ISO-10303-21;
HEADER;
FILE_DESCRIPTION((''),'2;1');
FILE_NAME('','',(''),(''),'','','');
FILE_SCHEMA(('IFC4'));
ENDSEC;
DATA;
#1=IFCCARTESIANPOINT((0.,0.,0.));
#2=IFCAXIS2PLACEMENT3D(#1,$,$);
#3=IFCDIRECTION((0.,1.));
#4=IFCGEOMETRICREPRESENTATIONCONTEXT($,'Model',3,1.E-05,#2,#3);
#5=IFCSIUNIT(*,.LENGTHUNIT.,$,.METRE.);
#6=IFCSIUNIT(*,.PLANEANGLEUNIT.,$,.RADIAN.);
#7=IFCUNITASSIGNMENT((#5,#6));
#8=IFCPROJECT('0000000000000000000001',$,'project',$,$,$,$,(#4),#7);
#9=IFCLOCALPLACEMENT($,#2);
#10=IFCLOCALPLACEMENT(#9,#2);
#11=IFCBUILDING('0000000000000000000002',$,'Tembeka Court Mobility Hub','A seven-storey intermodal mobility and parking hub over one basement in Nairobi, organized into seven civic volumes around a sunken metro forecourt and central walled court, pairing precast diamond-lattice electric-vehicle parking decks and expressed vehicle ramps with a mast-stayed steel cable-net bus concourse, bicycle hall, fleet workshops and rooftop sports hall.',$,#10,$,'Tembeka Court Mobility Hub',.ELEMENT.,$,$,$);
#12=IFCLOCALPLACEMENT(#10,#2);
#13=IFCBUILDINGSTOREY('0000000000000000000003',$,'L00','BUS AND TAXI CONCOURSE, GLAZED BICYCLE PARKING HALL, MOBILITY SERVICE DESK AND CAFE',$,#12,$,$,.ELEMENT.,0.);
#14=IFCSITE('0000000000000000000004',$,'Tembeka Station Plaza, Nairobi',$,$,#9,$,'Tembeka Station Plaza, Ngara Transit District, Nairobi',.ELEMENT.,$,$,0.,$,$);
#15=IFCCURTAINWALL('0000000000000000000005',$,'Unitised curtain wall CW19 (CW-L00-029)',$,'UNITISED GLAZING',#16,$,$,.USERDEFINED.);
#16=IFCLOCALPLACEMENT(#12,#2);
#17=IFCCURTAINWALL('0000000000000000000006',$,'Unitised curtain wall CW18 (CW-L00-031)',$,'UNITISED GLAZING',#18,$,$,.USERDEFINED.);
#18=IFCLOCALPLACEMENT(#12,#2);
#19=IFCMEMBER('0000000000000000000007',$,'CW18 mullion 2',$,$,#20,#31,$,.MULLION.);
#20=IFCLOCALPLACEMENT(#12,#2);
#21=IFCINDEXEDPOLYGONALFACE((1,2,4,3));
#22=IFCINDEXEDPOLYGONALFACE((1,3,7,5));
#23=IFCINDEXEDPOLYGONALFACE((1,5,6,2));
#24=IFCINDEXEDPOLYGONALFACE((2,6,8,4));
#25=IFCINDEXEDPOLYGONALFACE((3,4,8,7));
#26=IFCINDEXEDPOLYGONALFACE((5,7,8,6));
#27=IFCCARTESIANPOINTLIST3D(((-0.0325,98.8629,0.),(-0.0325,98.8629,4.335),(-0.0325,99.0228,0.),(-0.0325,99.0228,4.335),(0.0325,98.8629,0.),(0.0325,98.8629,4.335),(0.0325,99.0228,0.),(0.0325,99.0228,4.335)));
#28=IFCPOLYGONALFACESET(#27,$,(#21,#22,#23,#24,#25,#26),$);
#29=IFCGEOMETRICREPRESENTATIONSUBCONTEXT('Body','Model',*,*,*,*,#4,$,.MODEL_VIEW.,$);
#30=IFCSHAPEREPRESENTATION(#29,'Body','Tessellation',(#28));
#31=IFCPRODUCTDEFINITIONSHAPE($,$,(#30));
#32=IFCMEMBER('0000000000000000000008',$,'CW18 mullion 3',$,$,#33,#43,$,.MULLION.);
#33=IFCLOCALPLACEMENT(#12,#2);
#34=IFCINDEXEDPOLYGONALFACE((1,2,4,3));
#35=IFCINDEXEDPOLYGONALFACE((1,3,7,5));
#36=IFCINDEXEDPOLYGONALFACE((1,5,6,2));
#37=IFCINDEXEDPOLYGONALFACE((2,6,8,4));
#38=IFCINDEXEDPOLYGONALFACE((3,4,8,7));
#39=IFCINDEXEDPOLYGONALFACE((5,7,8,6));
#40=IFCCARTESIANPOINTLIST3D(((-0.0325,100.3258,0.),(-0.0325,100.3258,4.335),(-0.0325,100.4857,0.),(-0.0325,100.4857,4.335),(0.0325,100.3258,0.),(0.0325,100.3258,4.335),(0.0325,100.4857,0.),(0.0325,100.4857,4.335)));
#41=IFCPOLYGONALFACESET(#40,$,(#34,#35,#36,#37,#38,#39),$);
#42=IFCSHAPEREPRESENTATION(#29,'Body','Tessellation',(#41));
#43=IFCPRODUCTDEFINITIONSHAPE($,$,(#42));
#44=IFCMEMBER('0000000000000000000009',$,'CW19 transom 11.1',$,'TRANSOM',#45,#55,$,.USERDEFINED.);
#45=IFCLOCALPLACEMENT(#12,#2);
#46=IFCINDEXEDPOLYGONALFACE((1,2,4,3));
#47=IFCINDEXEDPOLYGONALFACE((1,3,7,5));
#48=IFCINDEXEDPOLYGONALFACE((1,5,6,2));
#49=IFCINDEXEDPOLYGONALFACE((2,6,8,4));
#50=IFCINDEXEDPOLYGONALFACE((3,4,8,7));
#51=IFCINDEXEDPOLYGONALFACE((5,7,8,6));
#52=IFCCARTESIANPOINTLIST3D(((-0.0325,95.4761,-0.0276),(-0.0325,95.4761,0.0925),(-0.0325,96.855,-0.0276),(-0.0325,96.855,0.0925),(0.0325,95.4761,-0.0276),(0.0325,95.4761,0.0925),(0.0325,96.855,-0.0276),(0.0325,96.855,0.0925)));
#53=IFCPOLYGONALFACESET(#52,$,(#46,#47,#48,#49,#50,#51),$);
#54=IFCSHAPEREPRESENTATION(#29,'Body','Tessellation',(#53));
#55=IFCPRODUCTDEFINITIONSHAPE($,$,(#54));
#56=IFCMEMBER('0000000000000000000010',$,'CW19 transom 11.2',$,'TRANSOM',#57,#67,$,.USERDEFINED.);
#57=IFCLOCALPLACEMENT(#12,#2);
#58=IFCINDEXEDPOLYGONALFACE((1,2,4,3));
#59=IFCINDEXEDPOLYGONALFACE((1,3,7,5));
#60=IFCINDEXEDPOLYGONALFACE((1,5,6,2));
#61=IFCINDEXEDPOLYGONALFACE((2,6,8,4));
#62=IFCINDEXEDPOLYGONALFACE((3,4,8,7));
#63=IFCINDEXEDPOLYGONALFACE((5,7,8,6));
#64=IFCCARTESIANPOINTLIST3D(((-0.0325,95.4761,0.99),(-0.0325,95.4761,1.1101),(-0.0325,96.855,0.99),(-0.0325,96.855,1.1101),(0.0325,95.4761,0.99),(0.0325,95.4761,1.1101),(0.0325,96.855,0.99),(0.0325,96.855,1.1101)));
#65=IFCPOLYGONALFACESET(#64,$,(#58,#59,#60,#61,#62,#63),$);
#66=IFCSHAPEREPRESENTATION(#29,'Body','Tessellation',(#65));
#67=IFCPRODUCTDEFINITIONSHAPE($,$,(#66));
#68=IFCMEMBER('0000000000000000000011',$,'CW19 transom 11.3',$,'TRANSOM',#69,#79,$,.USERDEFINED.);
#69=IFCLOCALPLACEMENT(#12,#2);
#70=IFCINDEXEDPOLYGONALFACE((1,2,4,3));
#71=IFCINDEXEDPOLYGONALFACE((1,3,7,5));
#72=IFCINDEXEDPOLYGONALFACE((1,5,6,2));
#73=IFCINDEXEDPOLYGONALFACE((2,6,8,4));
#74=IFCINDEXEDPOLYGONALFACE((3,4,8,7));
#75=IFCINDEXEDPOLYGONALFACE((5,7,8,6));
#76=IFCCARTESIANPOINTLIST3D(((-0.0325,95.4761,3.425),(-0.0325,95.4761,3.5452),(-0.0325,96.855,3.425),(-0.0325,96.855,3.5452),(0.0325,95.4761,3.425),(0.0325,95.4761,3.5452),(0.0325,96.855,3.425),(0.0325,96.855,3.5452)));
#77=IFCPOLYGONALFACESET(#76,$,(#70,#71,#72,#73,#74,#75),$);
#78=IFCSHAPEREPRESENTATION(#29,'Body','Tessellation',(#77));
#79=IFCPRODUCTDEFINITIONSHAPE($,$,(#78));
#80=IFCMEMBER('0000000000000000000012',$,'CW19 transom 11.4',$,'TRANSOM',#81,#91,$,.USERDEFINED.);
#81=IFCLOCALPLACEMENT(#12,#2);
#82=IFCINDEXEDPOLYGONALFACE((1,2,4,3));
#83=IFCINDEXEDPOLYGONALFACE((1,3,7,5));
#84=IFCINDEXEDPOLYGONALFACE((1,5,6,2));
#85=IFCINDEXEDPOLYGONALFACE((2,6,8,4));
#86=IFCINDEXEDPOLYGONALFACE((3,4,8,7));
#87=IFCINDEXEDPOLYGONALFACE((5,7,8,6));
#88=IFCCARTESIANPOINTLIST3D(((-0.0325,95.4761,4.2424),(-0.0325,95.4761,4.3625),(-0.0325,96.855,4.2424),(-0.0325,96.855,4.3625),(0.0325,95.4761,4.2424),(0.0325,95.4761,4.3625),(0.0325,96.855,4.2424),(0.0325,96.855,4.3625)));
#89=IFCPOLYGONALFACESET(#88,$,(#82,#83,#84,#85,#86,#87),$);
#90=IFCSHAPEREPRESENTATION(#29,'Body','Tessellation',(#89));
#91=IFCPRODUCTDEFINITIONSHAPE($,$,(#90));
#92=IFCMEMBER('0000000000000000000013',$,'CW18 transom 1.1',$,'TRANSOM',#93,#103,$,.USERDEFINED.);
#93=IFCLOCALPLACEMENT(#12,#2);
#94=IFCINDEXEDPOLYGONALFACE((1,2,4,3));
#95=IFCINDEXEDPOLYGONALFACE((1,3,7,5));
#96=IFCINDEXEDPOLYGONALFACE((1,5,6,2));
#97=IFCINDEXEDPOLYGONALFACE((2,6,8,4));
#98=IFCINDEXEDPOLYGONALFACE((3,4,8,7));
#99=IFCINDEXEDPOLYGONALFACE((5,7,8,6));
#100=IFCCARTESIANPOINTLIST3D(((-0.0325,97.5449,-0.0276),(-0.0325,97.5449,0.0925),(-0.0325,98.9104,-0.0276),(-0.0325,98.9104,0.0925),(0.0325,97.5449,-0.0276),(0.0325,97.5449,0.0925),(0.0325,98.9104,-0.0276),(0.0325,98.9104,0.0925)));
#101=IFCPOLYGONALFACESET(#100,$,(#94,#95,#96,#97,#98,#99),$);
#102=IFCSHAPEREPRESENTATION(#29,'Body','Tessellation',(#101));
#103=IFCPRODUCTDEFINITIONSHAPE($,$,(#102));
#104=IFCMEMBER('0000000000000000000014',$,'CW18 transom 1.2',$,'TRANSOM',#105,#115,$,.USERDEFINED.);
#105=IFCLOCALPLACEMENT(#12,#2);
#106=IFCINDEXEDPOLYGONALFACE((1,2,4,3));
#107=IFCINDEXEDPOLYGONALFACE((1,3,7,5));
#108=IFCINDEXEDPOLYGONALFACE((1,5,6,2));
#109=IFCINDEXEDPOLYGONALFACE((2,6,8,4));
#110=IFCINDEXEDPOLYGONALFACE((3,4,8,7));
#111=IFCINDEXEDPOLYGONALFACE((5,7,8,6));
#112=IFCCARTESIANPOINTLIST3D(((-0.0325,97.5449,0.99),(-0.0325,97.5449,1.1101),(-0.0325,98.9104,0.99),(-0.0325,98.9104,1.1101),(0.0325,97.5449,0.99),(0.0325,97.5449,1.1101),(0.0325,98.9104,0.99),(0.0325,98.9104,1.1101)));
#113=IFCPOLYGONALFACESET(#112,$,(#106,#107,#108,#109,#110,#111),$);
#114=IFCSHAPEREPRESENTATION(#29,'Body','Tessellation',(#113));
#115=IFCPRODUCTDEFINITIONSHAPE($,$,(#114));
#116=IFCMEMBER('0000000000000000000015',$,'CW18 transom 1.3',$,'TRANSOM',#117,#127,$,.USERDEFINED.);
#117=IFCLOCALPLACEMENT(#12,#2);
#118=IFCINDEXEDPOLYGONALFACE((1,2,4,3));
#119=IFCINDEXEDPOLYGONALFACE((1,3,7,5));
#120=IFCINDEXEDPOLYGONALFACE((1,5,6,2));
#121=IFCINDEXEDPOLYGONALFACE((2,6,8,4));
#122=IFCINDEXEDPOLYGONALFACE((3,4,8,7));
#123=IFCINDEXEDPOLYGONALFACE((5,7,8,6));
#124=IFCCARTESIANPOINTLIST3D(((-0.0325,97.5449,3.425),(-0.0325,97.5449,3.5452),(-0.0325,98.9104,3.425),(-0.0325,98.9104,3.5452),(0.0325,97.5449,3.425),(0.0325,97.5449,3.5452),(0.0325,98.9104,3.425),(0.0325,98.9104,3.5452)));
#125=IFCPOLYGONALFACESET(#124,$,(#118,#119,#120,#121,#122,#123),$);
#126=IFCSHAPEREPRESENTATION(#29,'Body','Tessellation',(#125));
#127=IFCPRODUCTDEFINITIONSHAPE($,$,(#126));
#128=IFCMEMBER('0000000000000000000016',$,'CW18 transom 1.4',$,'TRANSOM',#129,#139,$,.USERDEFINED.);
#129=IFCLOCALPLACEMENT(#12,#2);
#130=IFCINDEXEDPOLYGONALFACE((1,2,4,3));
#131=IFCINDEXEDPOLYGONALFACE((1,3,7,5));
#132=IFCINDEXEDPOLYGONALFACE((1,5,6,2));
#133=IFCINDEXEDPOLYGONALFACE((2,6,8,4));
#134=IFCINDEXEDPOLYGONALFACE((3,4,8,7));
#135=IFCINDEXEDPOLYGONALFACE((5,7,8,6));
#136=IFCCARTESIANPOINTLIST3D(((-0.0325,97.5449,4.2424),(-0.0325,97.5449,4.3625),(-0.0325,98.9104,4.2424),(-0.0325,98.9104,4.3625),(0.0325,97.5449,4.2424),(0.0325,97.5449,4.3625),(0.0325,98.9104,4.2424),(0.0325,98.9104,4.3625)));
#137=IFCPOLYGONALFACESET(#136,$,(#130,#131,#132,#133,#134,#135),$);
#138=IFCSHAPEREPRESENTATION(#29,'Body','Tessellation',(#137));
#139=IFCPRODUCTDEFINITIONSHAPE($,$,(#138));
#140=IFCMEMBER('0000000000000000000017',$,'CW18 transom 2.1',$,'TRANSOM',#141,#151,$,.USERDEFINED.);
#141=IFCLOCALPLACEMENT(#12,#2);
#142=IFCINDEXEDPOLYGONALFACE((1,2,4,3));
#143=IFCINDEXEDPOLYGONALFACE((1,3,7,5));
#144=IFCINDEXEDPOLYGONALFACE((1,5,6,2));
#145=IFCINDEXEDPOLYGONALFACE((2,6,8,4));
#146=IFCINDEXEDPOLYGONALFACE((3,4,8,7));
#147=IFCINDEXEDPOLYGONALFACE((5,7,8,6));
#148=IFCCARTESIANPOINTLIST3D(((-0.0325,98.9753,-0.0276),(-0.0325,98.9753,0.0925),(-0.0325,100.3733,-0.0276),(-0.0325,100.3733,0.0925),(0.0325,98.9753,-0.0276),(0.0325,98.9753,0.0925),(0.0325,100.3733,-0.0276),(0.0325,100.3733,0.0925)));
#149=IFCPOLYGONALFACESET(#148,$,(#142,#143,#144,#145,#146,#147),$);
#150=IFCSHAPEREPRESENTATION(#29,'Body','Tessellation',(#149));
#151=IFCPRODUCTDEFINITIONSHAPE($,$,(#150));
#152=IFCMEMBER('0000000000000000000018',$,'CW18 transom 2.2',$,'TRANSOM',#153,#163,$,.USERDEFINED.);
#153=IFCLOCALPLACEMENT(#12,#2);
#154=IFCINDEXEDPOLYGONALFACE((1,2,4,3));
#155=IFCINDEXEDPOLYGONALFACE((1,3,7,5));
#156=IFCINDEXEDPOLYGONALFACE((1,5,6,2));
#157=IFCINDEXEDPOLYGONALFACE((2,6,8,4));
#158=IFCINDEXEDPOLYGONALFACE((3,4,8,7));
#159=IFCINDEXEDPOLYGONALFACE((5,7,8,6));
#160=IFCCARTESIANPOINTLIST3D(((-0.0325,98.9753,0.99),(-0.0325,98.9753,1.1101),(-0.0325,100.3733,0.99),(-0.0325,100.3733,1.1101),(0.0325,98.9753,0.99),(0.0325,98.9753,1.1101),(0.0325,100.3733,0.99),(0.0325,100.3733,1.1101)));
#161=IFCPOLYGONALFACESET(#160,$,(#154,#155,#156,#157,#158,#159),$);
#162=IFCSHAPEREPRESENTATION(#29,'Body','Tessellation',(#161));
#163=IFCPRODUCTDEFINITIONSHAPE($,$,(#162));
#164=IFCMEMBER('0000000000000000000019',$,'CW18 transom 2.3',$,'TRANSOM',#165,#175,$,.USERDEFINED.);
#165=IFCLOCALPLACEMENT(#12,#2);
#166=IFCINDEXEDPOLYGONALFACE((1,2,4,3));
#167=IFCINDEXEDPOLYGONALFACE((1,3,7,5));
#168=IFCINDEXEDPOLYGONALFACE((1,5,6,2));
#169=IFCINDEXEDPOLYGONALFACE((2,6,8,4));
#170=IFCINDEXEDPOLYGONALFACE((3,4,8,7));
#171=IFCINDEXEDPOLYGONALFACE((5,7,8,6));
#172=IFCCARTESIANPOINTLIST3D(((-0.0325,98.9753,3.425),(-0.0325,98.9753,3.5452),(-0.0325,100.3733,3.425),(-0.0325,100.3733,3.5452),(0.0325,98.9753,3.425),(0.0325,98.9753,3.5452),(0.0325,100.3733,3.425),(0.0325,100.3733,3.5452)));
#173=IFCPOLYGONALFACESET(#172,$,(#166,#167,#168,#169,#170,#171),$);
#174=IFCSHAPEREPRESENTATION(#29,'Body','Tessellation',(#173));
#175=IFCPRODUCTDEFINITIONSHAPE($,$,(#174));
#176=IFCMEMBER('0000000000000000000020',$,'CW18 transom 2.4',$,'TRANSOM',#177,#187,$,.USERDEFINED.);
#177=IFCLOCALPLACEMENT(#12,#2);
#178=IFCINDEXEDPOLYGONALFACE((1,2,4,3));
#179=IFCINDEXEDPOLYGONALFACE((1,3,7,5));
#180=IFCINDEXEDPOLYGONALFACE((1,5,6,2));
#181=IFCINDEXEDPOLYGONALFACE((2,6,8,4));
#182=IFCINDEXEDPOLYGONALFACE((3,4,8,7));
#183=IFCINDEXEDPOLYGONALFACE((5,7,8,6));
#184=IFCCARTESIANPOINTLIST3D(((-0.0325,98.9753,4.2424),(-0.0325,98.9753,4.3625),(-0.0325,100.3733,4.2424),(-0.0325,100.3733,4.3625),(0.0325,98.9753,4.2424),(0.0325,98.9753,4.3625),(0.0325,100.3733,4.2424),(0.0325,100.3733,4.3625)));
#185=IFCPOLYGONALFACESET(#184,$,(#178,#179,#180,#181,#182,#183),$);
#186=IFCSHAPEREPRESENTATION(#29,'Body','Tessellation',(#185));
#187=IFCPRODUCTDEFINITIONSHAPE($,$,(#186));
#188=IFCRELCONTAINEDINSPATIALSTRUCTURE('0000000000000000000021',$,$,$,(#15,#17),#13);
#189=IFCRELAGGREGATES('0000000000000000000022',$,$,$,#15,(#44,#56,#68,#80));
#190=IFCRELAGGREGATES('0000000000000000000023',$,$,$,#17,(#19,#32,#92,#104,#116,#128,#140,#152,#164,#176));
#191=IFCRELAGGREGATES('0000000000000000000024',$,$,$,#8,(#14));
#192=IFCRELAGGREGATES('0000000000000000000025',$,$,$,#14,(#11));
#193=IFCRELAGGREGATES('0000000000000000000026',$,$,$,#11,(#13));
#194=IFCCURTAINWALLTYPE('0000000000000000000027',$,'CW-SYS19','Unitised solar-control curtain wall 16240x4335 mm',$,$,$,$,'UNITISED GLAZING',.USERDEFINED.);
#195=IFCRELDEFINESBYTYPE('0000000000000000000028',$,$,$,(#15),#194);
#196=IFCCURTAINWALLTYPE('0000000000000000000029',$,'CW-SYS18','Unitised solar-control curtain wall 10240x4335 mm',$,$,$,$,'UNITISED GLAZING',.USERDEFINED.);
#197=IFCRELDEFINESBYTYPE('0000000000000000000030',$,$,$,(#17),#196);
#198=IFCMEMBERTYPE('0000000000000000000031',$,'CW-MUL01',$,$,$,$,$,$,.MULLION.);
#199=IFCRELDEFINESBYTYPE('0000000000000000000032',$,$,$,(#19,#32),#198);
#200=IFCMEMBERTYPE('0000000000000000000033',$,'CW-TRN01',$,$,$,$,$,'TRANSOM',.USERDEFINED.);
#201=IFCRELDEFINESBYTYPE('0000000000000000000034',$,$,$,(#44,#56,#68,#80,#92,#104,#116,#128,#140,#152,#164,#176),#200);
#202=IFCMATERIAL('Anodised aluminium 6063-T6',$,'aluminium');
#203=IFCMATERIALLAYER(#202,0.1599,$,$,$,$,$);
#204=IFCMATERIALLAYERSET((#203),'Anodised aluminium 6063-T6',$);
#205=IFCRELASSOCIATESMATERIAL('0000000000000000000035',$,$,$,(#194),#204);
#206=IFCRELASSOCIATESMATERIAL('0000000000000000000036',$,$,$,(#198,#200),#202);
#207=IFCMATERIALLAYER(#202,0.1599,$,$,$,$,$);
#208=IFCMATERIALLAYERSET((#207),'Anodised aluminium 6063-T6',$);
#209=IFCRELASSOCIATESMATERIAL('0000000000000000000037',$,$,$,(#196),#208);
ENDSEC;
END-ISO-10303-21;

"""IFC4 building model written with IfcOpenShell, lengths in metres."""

from ifc_helpers import new_model, si_unit, direction, frame, origin, origin_2d, place, context, subcontext, project, spatial, rectangle, extrude, material, layer, layer_set, material_profile, profile_set, type_object, element, aggregate, save


model = new_model("IFC4")

# Units and contexts
model_context = context("Model", 3, precision=1e-05, world=origin(), true_north=direction((0.0, 1.0)))
body_context = subcontext(model_context, "Body", "Model", "MODEL_VIEW")
ifc_project = project(units=[si_unit("LENGTHUNIT", "METRE"), si_unit("PLANEANGLEUNIT", "RADIAN")], contexts=[model_context])

# Site, building, storey
site_placement = place(None, origin())
site = spatial("IfcSite", under=ifc_project, at=site_placement, Name="Tembeka Station Plaza, Nairobi", LongName="Tembeka Station Plaza, Ngara Transit District, Nairobi", CompositionType="ELEMENT", RefElevation=0.0)
building_placement = place(site_placement, origin())
building = spatial("IfcBuilding", under=site, at=building_placement, Name="Tembeka Court Mobility Hub", Description="A seven-storey intermodal mobility and parking hub over one basement in Nairobi, organized into seven civic volumes around a sunken metro forecourt and central walled court, pairing precast diamond-lattice electric-vehicle parking decks and expressed vehicle ramps with a mast-stayed steel cable-net bus concourse, bicycle hall, fleet workshops and rooftop sports hall.", LongName="Tembeka Court Mobility Hub", CompositionType="ELEMENT")
storey_placement = place(building_placement, origin())
storey = spatial("IfcBuildingStorey", under=building, at=storey_placement, Name="L00", Description="BUS AND TAXI CONCOURSE, GLAZED BICYCLE PARKING HALL, MOBILITY SERVICE DESK AND CAFE", CompositionType="ELEMENT", Elevation=0.0)

# Curtain walls, members
ifc_material_1 = material(Name="Anodised aluminium 6063-T6", Category="aluminium")
ifc_layer_1 = layer(ifc_material_1, 0.1599)
ifc_layer_set_1 = layer_set([ifc_layer_1], Name="Anodised aluminium 6063-T6")
curtain_wall_type_1 = type_object("IfcCurtainWallType", Name="CW-SYS19", Description="Unitised solar-control curtain wall 16240x4335 mm", ElementType="UNITISED GLAZING", PredefinedType="USERDEFINED", material=ifc_layer_set_1)
curtain_wall_1_placement = place(storey_placement, origin())
curtain_wall_1 = element("IfcCurtainWall", 1, at=curtain_wall_1_placement, inside=storey, type_object=curtain_wall_type_1, Name="Unitised curtain wall CW19 (CW-L00-029)", ObjectType="UNITISED GLAZING", PredefinedType="USERDEFINED")
ifc_material_profile_1 = material_profile(ifc_material_1, rectangle(XDim=0.0649, YDim=0.1599, at=origin_2d()), Name="ALU-MUL 65x160")
ifc_profile_set_1 = profile_set([ifc_material_profile_1], Name="Anodised aluminium 6063-T6")
member_type_1 = type_object("IfcMemberType", Name="CW-MUL01", PredefinedType="MULLION", material=ifc_profile_set_1)
ifc_layer_2 = layer(ifc_material_1, 0.1599)
ifc_layer_set_2 = layer_set([ifc_layer_2], Name="Anodised aluminium 6063-T6")
curtain_wall_type_2 = type_object("IfcCurtainWallType", Name="CW-SYS18", Description="Unitised solar-control curtain wall 10240x4335 mm", ElementType="UNITISED GLAZING", PredefinedType="USERDEFINED", material=ifc_layer_set_2)
curtain_wall_2_placement = place(storey_placement, origin())
curtain_wall_2 = element("IfcCurtainWall", 2, at=curtain_wall_2_placement, inside=storey, type_object=curtain_wall_type_2, Name="Unitised curtain wall CW18 (CW-L00-031)", ObjectType="UNITISED GLAZING", PredefinedType="USERDEFINED")
member_1_placement = place(storey_placement, frame((0.0, 98.9429, 0.0), z_axis=(0.0, 0.0, 1.0), x_axis=(-1.0, 0.0, 0.0)))
member_1 = element("IfcMember", 3, at=member_1_placement, type_object=member_type_1, Name="CW18 mullion 2", PredefinedType="MULLION", context=body_context, shape_type="SweptSolid", body=[
    extrude(rectangle(XDim=0.0649, YDim=0.1599, at=origin_2d()), origin(), (0.0, 0.0, 1.0), 4.335),
])
member_2_placement = place(storey_placement, frame((0.0, 100.4058, 0.0), z_axis=(0.0, 0.0, 1.0), x_axis=(-1.0, 0.0, 0.0)))
member_2 = element("IfcMember", 4, at=member_2_placement, type_object=member_type_1, Name="CW18 mullion 3", PredefinedType="MULLION", context=body_context, shape_type="SweptSolid", body=[
    extrude(rectangle(XDim=0.0649, YDim=0.1599, at=origin_2d()), origin(), (0.0, 0.0, 1.0), 4.335),
])

# Members
ifc_material_profile_2 = material_profile(ifc_material_1, rectangle(XDim=0.0649, YDim=0.1201, at=origin_2d()), Name="ALU-TRN 65x120")
ifc_profile_set_2 = profile_set([ifc_material_profile_2], Name="Anodised aluminium 6063-T6")
member_type_2 = type_object("IfcMemberType", Name="CW-TRN01", ElementType="TRANSOM", PredefinedType="USERDEFINED", material=ifc_profile_set_2)
member_3_placement = place(storey_placement, frame((0.0, 95.4761, 0.0325), z_axis=(0.0, 1.0, 0.0), x_axis=(-1.0, 0.0, 0.0)))
member_3 = element("IfcMember", 5, at=member_3_placement, type_object=member_type_2, Name="CW19 transom 11.1", ObjectType="TRANSOM", PredefinedType="USERDEFINED", context=body_context, shape_type="SweptSolid", body=[
    extrude(rectangle(XDim=0.0649, YDim=0.1201, at=origin_2d()), origin(), (0.0, 0.0, 1.0), 1.3789),
])
member_4_placement = place(storey_placement, frame((0.0, 95.4761, 1.05), z_axis=(0.0, 1.0, 0.0), x_axis=(-1.0, 0.0, 0.0)))
member_4 = element("IfcMember", 6, at=member_4_placement, type_object=member_type_2, Name="CW19 transom 11.2", ObjectType="TRANSOM", PredefinedType="USERDEFINED", context=body_context, shape_type="SweptSolid", body=[
    extrude(rectangle(XDim=0.0649, YDim=0.1201, at=origin_2d()), origin(), (0.0, 0.0, 1.0), 1.3789),
])
member_5_placement = place(storey_placement, frame((0.0, 95.4761, 3.4851), z_axis=(0.0, 1.0, 0.0), x_axis=(-1.0, 0.0, 0.0)))
member_5 = element("IfcMember", 7, at=member_5_placement, type_object=member_type_2, Name="CW19 transom 11.3", ObjectType="TRANSOM", PredefinedType="USERDEFINED", context=body_context, shape_type="SweptSolid", body=[
    extrude(rectangle(XDim=0.0649, YDim=0.1201, at=origin_2d()), origin(), (0.0, 0.0, 1.0), 1.3789),
])
member_6_placement = place(storey_placement, frame((0.0, 95.4761, 4.3025), z_axis=(0.0, 1.0, 0.0), x_axis=(-1.0, 0.0, 0.0)))
member_6 = element("IfcMember", 8, at=member_6_placement, type_object=member_type_2, Name="CW19 transom 11.4", ObjectType="TRANSOM", PredefinedType="USERDEFINED", context=body_context, shape_type="SweptSolid", body=[
    extrude(rectangle(XDim=0.0649, YDim=0.1201, at=origin_2d()), origin(), (0.0, 0.0, 1.0), 1.3789),
])
member_7_placement = place(storey_placement, frame((0.0, 97.5449, 0.0325), z_axis=(0.0, 1.0, 0.0), x_axis=(-1.0, 0.0, 0.0)))
member_7 = element("IfcMember", 9, at=member_7_placement, type_object=member_type_2, Name="CW18 transom 1.1", ObjectType="TRANSOM", PredefinedType="USERDEFINED", context=body_context, shape_type="SweptSolid", body=[
    extrude(rectangle(XDim=0.0649, YDim=0.1201, at=origin_2d()), origin(), (0.0, 0.0, 1.0), 1.3655),
])
member_8_placement = place(storey_placement, frame((0.0, 97.5449, 1.05), z_axis=(0.0, 1.0, 0.0), x_axis=(-1.0, 0.0, 0.0)))
member_8 = element("IfcMember", 10, at=member_8_placement, type_object=member_type_2, Name="CW18 transom 1.2", ObjectType="TRANSOM", PredefinedType="USERDEFINED", context=body_context, shape_type="SweptSolid", body=[
    extrude(rectangle(XDim=0.0649, YDim=0.1201, at=origin_2d()), origin(), (0.0, 0.0, 1.0), 1.3655),
])
member_9_placement = place(storey_placement, frame((0.0, 97.5449, 3.4851), z_axis=(0.0, 1.0, 0.0), x_axis=(-1.0, 0.0, 0.0)))
member_9 = element("IfcMember", 11, at=member_9_placement, type_object=member_type_2, Name="CW18 transom 1.3", ObjectType="TRANSOM", PredefinedType="USERDEFINED", context=body_context, shape_type="SweptSolid", body=[
    extrude(rectangle(XDim=0.0649, YDim=0.1201, at=origin_2d()), origin(), (0.0, 0.0, 1.0), 1.3655),
])
member_10_placement = place(storey_placement, frame((0.0, 97.5449, 4.3025), z_axis=(0.0, 1.0, 0.0), x_axis=(-1.0, 0.0, 0.0)))
member_10 = element("IfcMember", 12, at=member_10_placement, type_object=member_type_2, Name="CW18 transom 1.4", ObjectType="TRANSOM", PredefinedType="USERDEFINED", context=body_context, shape_type="SweptSolid", body=[
    extrude(rectangle(XDim=0.0649, YDim=0.1201, at=origin_2d()), origin(), (0.0, 0.0, 1.0), 1.3655),
])
member_11_placement = place(storey_placement, frame((0.0, 98.9753, 0.0325), z_axis=(0.0, 1.0, 0.0), x_axis=(-1.0, 0.0, 0.0)))
member_11 = element("IfcMember", 13, at=member_11_placement, type_object=member_type_2, Name="CW18 transom 2.1", ObjectType="TRANSOM", PredefinedType="USERDEFINED", context=body_context, shape_type="SweptSolid", body=[
    extrude(rectangle(XDim=0.0649, YDim=0.1201, at=origin_2d()), origin(), (0.0, 0.0, 1.0), 1.3979),
])
member_12_placement = place(storey_placement, frame((0.0, 98.9753, 1.05), z_axis=(0.0, 1.0, 0.0), x_axis=(-1.0, 0.0, 0.0)))
member_12 = element("IfcMember", 14, at=member_12_placement, type_object=member_type_2, Name="CW18 transom 2.2", ObjectType="TRANSOM", PredefinedType="USERDEFINED", context=body_context, shape_type="SweptSolid", body=[
    extrude(rectangle(XDim=0.0649, YDim=0.1201, at=origin_2d()), origin(), (0.0, 0.0, 1.0), 1.3979),
])
member_13_placement = place(storey_placement, frame((0.0, 98.9753, 3.4851), z_axis=(0.0, 1.0, 0.0), x_axis=(-1.0, 0.0, 0.0)))
member_13 = element("IfcMember", 15, at=member_13_placement, type_object=member_type_2, Name="CW18 transom 2.3", ObjectType="TRANSOM", PredefinedType="USERDEFINED", context=body_context, shape_type="SweptSolid", body=[
    extrude(rectangle(XDim=0.0649, YDim=0.1201, at=origin_2d()), origin(), (0.0, 0.0, 1.0), 1.3979),
])
member_14_placement = place(storey_placement, frame((0.0, 98.9753, 4.3025), z_axis=(0.0, 1.0, 0.0), x_axis=(-1.0, 0.0, 0.0)))
member_14 = element("IfcMember", 16, at=member_14_placement, type_object=member_type_2, Name="CW18 transom 2.4", ObjectType="TRANSOM", PredefinedType="USERDEFINED", context=body_context, shape_type="SweptSolid", body=[
    extrude(rectangle(XDim=0.0649, YDim=0.1201, at=origin_2d()), origin(), (0.0, 0.0, 1.0), 1.3979),
])

aggregate(curtain_wall_1, [member_3, member_4, member_5, member_6])
aggregate(curtain_wall_2, [member_1, member_2, member_7, member_8, member_9, member_10, member_11, member_12, member_13, member_14])

save(model, "model.ifc")
